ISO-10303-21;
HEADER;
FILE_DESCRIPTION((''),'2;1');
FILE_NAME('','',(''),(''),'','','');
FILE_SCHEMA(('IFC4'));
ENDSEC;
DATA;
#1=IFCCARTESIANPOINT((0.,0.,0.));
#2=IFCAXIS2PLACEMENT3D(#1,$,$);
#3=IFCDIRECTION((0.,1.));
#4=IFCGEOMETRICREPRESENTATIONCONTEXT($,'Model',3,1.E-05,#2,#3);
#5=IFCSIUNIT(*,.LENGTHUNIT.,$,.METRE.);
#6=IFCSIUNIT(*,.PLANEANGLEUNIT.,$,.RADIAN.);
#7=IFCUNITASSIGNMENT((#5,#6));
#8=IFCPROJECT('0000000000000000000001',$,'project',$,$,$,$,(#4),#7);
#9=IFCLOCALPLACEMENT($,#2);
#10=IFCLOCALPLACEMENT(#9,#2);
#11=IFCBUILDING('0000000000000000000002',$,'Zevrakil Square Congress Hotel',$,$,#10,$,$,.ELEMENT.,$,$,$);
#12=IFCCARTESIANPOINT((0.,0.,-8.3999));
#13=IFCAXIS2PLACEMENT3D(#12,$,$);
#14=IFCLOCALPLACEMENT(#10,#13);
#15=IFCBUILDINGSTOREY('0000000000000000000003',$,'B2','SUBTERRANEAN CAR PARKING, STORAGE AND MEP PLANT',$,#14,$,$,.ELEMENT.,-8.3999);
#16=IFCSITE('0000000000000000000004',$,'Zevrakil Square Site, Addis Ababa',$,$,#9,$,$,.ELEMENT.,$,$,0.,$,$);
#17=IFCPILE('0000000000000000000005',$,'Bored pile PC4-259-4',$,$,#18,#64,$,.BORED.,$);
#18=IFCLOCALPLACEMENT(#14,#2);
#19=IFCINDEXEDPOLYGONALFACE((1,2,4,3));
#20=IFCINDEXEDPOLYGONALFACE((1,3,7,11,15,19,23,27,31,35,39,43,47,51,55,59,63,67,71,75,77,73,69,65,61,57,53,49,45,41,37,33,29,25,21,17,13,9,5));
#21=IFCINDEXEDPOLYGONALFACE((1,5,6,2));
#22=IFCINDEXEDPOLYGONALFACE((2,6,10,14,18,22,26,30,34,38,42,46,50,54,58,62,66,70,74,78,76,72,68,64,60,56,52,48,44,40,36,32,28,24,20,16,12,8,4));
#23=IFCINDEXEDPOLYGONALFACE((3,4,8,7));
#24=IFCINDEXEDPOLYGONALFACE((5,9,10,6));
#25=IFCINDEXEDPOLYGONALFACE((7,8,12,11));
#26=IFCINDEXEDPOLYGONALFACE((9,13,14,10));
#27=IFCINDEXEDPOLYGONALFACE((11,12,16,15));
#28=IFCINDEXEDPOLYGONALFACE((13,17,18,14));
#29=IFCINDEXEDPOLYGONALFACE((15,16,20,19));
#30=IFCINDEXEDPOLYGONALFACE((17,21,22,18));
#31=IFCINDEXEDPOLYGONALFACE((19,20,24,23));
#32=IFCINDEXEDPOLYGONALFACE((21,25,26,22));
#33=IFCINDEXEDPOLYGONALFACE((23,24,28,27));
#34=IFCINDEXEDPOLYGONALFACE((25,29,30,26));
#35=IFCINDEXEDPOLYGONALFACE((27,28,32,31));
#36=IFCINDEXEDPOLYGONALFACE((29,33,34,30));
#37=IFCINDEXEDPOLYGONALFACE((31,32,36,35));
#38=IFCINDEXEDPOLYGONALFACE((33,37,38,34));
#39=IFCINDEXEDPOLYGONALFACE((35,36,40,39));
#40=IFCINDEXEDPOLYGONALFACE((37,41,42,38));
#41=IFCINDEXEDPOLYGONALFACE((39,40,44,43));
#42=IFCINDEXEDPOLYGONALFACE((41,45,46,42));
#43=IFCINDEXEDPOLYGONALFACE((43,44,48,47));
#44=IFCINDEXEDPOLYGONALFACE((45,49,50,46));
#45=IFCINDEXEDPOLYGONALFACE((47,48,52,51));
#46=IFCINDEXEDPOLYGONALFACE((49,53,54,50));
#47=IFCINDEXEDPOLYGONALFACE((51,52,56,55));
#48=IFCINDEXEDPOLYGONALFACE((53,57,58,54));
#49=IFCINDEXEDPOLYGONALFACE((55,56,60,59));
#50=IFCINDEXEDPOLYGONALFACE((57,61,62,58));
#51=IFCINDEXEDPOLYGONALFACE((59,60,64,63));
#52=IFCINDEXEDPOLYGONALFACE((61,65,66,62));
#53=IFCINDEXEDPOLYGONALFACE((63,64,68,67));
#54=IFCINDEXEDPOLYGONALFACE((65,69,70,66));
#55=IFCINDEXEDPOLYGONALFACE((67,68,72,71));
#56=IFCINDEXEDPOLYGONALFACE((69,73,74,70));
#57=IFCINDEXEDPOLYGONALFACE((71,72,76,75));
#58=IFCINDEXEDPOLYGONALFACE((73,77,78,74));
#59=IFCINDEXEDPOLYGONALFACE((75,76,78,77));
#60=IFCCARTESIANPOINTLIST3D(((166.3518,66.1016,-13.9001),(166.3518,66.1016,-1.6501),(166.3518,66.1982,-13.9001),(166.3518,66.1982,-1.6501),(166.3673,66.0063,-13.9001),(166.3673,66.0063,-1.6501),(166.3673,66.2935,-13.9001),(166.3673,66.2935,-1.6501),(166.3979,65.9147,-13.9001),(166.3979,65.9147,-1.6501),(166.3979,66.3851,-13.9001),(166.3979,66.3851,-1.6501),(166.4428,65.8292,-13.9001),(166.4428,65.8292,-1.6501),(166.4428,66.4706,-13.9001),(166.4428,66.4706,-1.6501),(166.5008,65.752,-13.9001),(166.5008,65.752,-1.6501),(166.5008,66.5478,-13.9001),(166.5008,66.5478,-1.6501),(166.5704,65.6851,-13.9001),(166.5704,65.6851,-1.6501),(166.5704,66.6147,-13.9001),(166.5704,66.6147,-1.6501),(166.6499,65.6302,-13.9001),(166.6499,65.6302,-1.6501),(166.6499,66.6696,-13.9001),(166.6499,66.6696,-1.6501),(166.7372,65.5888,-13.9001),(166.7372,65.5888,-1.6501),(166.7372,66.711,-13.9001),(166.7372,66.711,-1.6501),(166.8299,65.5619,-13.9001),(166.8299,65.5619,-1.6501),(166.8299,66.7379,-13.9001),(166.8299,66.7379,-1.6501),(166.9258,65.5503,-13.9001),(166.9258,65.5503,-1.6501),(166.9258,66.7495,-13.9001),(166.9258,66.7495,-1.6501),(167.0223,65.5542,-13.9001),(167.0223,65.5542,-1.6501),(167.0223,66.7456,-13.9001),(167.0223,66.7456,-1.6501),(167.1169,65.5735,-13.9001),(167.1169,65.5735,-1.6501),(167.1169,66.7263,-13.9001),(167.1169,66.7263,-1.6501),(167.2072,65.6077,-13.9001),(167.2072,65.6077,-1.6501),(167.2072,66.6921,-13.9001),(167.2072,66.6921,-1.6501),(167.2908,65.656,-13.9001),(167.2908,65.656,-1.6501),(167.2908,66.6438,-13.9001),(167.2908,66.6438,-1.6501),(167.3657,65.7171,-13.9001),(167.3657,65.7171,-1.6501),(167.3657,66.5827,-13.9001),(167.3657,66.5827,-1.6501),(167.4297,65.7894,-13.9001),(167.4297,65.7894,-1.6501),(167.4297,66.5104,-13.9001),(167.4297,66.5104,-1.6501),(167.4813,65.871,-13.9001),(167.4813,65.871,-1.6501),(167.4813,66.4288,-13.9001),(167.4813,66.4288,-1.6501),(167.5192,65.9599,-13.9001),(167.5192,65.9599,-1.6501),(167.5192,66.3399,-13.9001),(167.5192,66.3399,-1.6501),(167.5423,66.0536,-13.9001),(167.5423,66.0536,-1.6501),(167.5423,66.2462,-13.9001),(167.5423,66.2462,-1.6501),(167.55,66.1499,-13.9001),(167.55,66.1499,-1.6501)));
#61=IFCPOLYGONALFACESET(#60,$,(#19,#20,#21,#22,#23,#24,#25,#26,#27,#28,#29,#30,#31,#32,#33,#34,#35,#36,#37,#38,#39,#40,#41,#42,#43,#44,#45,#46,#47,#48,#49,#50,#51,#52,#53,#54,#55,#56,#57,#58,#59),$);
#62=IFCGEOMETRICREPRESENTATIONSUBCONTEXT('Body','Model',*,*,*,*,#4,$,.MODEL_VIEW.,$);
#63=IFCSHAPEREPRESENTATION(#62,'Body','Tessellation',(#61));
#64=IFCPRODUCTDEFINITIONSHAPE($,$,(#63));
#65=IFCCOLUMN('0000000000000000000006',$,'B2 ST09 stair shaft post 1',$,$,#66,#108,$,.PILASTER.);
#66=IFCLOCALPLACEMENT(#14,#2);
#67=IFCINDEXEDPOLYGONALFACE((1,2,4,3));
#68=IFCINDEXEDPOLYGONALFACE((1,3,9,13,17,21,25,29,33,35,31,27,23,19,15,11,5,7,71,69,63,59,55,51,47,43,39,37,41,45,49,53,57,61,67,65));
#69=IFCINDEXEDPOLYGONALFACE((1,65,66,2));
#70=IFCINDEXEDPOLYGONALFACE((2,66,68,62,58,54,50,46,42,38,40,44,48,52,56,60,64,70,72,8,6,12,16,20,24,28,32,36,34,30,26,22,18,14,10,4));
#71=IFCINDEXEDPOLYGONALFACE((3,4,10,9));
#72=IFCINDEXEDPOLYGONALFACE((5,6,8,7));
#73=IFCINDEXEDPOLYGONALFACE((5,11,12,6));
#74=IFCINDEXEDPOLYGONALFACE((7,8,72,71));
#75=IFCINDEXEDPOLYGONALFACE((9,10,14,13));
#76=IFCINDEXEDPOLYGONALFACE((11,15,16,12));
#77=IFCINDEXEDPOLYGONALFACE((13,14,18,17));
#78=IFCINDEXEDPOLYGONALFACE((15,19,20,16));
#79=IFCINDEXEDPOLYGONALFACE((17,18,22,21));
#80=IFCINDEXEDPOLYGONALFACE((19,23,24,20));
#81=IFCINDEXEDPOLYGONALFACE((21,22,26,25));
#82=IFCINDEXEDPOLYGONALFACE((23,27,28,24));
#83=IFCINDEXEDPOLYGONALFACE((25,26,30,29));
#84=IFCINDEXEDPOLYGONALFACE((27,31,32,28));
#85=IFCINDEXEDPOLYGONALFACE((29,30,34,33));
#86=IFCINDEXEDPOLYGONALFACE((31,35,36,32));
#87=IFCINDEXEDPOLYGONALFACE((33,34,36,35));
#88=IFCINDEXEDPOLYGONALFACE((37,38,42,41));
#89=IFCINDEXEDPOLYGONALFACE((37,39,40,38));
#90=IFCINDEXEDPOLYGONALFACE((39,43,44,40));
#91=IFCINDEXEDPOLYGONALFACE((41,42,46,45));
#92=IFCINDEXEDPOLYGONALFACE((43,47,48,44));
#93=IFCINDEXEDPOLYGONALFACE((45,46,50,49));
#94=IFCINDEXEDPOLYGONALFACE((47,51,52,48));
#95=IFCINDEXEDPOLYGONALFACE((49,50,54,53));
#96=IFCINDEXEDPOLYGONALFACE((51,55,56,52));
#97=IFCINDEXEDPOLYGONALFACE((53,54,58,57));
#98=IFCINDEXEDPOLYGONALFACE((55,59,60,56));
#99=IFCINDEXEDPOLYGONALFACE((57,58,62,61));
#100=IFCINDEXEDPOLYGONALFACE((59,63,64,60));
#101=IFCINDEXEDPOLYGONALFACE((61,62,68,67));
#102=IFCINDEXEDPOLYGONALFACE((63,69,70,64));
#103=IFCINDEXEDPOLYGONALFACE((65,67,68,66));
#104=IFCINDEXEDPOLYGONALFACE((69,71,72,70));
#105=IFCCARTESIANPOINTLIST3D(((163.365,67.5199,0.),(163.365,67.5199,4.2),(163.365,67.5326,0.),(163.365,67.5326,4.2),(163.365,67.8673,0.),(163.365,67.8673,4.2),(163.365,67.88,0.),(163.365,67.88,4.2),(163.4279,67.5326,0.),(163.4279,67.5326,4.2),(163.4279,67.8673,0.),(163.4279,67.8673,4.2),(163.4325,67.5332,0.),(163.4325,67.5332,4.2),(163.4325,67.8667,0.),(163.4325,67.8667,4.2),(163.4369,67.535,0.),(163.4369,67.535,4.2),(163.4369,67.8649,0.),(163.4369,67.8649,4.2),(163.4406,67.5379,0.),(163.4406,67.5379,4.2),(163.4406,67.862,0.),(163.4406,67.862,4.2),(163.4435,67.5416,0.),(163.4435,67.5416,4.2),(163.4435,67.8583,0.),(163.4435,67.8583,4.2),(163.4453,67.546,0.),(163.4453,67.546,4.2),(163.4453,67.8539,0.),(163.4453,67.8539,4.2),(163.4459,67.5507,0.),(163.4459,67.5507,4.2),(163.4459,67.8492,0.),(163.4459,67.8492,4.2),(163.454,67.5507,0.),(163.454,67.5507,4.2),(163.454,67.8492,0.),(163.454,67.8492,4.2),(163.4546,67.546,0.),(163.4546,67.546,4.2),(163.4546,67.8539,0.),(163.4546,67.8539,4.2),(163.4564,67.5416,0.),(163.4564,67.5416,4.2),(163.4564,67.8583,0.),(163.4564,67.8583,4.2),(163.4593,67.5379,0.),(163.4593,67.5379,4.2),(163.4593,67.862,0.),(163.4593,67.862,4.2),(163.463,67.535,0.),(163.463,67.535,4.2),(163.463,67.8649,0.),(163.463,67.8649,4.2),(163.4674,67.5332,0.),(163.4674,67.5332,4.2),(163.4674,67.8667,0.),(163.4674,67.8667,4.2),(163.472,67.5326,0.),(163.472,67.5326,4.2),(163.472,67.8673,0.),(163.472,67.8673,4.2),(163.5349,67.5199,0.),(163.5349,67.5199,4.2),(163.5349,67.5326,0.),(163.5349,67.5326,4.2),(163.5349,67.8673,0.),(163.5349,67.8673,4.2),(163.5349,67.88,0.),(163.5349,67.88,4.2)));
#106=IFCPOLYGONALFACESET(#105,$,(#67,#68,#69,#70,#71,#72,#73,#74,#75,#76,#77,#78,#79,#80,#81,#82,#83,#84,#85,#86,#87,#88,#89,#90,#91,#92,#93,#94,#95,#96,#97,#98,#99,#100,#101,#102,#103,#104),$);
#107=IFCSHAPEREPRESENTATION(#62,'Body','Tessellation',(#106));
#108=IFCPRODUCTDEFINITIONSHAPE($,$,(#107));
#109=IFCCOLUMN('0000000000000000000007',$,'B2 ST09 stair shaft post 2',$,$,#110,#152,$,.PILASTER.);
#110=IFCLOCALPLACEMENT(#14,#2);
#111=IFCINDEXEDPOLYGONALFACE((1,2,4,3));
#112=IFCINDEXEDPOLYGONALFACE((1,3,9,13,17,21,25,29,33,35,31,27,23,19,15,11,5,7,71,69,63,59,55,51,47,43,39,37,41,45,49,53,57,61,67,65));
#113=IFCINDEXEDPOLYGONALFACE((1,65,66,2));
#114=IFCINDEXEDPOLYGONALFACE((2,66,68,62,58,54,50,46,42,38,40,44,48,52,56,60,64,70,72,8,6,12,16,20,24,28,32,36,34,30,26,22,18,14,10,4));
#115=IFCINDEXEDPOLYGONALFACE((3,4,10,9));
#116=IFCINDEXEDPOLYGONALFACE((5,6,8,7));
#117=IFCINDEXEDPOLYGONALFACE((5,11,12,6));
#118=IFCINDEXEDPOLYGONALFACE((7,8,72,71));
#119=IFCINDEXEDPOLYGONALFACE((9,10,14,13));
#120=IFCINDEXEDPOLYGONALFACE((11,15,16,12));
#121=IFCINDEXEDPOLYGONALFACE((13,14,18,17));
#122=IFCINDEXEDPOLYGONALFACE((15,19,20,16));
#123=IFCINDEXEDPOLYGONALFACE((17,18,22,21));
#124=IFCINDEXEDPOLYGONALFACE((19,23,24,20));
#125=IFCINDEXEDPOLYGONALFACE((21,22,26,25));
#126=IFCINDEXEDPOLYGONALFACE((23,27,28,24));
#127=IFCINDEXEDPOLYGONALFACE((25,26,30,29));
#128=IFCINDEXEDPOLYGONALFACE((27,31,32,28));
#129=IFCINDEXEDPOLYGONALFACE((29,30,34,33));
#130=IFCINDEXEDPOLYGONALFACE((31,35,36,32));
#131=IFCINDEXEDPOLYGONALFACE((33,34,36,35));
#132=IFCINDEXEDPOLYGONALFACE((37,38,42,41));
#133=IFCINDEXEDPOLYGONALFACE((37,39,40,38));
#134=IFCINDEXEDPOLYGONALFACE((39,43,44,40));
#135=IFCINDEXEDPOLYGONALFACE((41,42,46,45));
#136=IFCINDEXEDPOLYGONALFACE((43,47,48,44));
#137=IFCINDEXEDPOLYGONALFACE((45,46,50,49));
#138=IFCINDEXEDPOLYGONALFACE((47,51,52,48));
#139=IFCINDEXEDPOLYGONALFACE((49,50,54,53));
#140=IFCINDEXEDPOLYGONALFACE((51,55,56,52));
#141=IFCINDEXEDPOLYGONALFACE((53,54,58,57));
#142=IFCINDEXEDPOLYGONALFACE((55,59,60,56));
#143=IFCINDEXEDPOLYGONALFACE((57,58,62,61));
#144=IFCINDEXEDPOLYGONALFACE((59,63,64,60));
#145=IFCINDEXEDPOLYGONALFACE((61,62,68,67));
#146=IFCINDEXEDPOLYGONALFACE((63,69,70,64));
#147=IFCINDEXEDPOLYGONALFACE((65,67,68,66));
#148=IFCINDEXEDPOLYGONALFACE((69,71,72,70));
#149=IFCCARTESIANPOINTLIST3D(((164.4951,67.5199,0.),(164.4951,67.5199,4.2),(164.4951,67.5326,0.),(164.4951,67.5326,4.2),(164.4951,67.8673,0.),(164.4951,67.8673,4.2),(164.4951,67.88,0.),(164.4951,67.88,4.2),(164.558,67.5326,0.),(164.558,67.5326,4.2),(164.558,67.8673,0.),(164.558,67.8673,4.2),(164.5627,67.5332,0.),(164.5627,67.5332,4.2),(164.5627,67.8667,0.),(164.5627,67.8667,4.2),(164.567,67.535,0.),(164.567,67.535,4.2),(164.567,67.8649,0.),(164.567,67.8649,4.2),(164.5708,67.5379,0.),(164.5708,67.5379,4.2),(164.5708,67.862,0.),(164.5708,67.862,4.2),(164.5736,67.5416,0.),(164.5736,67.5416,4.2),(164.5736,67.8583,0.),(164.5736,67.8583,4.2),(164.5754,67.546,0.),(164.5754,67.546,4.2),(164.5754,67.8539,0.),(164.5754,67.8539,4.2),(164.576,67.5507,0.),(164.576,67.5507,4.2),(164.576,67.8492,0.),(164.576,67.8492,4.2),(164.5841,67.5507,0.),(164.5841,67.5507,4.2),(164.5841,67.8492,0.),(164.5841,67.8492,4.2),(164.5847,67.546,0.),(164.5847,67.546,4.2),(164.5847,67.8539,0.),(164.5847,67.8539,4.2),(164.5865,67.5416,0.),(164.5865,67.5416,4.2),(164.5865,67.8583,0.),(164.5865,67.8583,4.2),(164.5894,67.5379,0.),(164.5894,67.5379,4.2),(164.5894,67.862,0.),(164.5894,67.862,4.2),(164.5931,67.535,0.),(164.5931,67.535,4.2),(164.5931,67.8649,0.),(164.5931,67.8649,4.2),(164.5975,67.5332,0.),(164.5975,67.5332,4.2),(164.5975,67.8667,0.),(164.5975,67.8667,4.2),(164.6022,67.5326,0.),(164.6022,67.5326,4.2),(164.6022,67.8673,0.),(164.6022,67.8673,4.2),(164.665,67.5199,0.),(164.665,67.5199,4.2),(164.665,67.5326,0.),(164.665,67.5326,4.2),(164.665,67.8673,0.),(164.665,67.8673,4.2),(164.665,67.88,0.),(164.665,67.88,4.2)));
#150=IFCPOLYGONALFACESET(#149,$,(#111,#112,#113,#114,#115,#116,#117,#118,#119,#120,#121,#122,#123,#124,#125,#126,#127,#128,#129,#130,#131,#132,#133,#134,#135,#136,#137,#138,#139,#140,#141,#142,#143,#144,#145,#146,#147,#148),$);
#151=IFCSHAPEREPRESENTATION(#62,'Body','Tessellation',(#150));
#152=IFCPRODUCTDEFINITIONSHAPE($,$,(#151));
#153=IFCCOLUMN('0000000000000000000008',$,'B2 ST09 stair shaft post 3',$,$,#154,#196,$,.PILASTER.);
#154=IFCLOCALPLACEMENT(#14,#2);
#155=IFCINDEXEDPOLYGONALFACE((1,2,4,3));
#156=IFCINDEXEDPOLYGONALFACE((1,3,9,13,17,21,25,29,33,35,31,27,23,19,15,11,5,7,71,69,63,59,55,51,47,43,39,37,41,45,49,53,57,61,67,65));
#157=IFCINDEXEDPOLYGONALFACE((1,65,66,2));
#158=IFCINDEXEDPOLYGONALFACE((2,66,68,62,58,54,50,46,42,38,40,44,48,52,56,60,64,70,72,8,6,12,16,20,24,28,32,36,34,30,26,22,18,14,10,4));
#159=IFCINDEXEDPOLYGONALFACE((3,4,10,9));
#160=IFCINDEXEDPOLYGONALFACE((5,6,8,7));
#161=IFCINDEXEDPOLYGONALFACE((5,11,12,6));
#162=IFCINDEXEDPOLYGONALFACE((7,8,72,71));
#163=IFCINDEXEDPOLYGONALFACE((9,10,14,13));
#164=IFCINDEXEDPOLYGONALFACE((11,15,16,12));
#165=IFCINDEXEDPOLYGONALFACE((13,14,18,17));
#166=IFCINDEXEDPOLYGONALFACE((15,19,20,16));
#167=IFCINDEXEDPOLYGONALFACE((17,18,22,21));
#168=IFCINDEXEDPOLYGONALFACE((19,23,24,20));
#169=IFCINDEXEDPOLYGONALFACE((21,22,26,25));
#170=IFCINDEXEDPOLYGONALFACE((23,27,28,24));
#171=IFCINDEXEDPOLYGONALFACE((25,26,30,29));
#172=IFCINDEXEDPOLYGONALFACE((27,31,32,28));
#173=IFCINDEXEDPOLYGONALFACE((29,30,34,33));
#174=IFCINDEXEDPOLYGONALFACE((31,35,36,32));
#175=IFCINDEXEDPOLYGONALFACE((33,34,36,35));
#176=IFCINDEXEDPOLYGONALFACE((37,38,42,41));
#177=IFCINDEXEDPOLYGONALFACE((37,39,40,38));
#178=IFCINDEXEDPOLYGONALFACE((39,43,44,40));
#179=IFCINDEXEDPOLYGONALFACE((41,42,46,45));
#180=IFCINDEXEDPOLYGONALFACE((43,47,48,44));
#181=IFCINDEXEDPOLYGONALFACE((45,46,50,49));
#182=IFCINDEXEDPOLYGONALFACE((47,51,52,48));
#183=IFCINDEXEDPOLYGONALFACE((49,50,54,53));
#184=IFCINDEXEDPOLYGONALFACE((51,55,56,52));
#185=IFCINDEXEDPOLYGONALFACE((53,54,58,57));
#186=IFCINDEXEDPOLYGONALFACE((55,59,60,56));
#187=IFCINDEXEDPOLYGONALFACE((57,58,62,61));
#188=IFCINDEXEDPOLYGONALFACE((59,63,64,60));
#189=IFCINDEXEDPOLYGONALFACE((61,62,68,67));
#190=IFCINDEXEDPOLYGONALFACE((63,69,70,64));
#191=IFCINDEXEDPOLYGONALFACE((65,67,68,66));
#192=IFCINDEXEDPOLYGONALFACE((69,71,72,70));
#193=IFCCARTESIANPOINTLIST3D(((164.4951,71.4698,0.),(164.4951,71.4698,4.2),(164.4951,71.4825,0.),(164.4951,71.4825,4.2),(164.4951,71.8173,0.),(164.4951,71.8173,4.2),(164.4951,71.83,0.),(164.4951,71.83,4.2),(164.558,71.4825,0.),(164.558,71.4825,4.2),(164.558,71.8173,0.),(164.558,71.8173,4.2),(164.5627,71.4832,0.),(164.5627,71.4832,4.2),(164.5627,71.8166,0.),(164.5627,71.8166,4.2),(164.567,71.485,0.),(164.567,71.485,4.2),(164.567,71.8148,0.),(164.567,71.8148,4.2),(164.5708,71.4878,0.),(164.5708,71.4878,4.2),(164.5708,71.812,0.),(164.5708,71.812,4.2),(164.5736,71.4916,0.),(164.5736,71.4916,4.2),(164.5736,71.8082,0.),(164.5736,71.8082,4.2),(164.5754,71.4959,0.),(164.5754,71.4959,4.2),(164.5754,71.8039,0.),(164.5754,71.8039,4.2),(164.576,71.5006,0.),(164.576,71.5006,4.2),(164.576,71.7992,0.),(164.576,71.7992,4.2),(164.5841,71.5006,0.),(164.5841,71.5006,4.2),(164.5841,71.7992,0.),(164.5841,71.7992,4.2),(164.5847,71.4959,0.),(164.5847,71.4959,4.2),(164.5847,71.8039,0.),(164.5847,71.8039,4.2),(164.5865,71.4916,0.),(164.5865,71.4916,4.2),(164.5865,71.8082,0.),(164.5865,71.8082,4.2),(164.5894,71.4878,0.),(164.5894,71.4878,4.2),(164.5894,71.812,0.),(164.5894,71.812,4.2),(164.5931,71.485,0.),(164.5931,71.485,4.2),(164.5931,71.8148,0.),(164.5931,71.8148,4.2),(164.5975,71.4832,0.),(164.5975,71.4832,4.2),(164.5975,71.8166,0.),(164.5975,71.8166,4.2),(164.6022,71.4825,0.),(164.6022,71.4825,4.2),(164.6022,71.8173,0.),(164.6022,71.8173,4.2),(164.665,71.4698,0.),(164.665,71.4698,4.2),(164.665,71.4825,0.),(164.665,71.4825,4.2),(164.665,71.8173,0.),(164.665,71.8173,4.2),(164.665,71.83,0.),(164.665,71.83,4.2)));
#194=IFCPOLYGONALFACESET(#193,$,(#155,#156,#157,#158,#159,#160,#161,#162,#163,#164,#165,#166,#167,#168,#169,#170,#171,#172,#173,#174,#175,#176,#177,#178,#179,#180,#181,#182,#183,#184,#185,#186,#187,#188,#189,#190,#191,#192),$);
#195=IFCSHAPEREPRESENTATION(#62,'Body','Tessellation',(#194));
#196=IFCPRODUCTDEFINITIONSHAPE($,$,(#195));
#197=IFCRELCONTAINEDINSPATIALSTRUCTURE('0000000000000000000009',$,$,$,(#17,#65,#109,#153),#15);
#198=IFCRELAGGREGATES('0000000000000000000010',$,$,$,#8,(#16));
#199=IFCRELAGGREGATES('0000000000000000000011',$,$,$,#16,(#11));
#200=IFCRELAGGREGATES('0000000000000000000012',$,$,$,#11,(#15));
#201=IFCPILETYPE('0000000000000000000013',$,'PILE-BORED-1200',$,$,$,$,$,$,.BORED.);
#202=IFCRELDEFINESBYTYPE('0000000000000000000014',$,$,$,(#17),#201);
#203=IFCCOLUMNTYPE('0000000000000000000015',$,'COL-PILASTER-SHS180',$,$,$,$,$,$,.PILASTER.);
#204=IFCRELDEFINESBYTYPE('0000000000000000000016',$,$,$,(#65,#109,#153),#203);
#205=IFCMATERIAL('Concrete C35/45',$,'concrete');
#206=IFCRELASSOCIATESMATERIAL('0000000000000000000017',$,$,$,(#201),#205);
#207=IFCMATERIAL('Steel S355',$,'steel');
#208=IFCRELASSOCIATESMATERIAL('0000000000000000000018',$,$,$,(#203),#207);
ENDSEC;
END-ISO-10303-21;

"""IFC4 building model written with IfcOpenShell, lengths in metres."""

from ifc_helpers import new_model, si_unit, direction, frame, origin, origin_2d, place, context, subcontext, project, spatial, circle, i_section, extrude, material, material_profile, profile_set, type_object, element, save


model = new_model("IFC4")

# Units and contexts
model_context = context("Model", 3, precision=1e-05, world=origin(), true_north=direction((0.0, 1.0)))
body_context = subcontext(model_context, "Body", "Model", "MODEL_VIEW")
ifc_project = project(units=[si_unit("LENGTHUNIT", "METRE"), si_unit("PLANEANGLEUNIT", "RADIAN")], contexts=[model_context])

# Site, building, storey
site_placement = place(None, origin())
site = spatial("IfcSite", under=ifc_project, at=site_placement, Name="Zevrakil Square Site, Addis Ababa", CompositionType="ELEMENT", RefElevation=0.0)
building_placement = place(site_placement, origin())
building = spatial("IfcBuilding", under=site, at=building_placement, Name="Zevrakil Square Congress Hotel", CompositionType="ELEMENT")
storey_placement = place(building_placement, frame((0.0, 0.0, -8.3999)))
storey = spatial("IfcBuildingStorey", under=building, at=storey_placement, Name="B2", Description="SUBTERRANEAN CAR PARKING, STORAGE AND MEP PLANT", CompositionType="ELEMENT", Elevation=-8.3999)

# Pile
ifc_material_1 = material(Name="Concrete C35/45", Category="concrete")
ifc_material_profile_1 = material_profile(ifc_material_1, circle(Radius=0.6001, at=origin_2d()), Name="PILE D1200")
ifc_profile_set_1 = profile_set([ifc_material_profile_1], Name="Concrete C35/45")
pile_type_1 = type_object("IfcPileType", Name="PILE-BORED-1200", PredefinedType="BORED", material=ifc_profile_set_1)
for number, where, z_axis, x_axis, name in (
    (1, (166.95, 66.1499, -1.6501), (0.0, 0.0, -1.0), (1.0, 0.0, 0.0), "Bored pile PC4-259-4"),
):
    element("IfcPile", number, at=place(storey_placement, frame(where, z_axis=z_axis, x_axis=x_axis)), inside=storey, type_object=pile_type_1, Name=name, PredefinedType="BORED", context=body_context, shape_type="SweptSolid", body=[
        extrude(circle(Radius=0.6001, at=origin_2d()), origin(), (0.0, 0.0, 1.0), 12.25),
    ])

# Columns
ifc_material_2 = material(Name="Steel S355", Category="steel")
ifc_material_profile_2 = material_profile(ifc_material_2, i_section(OverallWidth=0.1699, OverallDepth=0.3601, WebThickness=0.0081, FlangeThickness=0.0127, FilletRadius=0.0181, at=origin_2d()), Name="IPE 360")
ifc_profile_set_2 = profile_set([ifc_material_profile_2], Name="Steel S355")
column_type_1 = type_object("IfcColumnType", Name="COL-PILASTER-SHS180", PredefinedType="PILASTER", material=ifc_profile_set_2)
for number, where, z_axis, x_axis, name in (
    (2, (163.45, 67.7, 0.0), (0.0, 0.0, 1.0), (1.0, 0.0, 0.0), "B2 ST09 stair shaft post 1"),
    (3, (164.5801, 67.7, 0.0), (0.0, 0.0, 1.0), (1.0, 0.0, 0.0), "B2 ST09 stair shaft post 2"),
    (4, (164.5801, 71.6499, 0.0), (0.0, 0.0, 1.0), (1.0, 0.0, 0.0), "B2 ST09 stair shaft post 3"),
):
    element("IfcColumn", number, at=place(storey_placement, frame(where, z_axis=z_axis, x_axis=x_axis)), inside=storey, type_object=column_type_1, Name=name, PredefinedType="PILASTER", context=body_context, shape_type="SweptSolid", body=[
        extrude(i_section(OverallWidth=0.1699, OverallDepth=0.3601, WebThickness=0.0081, FlangeThickness=0.0127, FilletRadius=0.0181, at=origin_2d()), origin(), (0.0, 0.0, 1.0), 4.2),
    ])

save(model, "model.ifc")
